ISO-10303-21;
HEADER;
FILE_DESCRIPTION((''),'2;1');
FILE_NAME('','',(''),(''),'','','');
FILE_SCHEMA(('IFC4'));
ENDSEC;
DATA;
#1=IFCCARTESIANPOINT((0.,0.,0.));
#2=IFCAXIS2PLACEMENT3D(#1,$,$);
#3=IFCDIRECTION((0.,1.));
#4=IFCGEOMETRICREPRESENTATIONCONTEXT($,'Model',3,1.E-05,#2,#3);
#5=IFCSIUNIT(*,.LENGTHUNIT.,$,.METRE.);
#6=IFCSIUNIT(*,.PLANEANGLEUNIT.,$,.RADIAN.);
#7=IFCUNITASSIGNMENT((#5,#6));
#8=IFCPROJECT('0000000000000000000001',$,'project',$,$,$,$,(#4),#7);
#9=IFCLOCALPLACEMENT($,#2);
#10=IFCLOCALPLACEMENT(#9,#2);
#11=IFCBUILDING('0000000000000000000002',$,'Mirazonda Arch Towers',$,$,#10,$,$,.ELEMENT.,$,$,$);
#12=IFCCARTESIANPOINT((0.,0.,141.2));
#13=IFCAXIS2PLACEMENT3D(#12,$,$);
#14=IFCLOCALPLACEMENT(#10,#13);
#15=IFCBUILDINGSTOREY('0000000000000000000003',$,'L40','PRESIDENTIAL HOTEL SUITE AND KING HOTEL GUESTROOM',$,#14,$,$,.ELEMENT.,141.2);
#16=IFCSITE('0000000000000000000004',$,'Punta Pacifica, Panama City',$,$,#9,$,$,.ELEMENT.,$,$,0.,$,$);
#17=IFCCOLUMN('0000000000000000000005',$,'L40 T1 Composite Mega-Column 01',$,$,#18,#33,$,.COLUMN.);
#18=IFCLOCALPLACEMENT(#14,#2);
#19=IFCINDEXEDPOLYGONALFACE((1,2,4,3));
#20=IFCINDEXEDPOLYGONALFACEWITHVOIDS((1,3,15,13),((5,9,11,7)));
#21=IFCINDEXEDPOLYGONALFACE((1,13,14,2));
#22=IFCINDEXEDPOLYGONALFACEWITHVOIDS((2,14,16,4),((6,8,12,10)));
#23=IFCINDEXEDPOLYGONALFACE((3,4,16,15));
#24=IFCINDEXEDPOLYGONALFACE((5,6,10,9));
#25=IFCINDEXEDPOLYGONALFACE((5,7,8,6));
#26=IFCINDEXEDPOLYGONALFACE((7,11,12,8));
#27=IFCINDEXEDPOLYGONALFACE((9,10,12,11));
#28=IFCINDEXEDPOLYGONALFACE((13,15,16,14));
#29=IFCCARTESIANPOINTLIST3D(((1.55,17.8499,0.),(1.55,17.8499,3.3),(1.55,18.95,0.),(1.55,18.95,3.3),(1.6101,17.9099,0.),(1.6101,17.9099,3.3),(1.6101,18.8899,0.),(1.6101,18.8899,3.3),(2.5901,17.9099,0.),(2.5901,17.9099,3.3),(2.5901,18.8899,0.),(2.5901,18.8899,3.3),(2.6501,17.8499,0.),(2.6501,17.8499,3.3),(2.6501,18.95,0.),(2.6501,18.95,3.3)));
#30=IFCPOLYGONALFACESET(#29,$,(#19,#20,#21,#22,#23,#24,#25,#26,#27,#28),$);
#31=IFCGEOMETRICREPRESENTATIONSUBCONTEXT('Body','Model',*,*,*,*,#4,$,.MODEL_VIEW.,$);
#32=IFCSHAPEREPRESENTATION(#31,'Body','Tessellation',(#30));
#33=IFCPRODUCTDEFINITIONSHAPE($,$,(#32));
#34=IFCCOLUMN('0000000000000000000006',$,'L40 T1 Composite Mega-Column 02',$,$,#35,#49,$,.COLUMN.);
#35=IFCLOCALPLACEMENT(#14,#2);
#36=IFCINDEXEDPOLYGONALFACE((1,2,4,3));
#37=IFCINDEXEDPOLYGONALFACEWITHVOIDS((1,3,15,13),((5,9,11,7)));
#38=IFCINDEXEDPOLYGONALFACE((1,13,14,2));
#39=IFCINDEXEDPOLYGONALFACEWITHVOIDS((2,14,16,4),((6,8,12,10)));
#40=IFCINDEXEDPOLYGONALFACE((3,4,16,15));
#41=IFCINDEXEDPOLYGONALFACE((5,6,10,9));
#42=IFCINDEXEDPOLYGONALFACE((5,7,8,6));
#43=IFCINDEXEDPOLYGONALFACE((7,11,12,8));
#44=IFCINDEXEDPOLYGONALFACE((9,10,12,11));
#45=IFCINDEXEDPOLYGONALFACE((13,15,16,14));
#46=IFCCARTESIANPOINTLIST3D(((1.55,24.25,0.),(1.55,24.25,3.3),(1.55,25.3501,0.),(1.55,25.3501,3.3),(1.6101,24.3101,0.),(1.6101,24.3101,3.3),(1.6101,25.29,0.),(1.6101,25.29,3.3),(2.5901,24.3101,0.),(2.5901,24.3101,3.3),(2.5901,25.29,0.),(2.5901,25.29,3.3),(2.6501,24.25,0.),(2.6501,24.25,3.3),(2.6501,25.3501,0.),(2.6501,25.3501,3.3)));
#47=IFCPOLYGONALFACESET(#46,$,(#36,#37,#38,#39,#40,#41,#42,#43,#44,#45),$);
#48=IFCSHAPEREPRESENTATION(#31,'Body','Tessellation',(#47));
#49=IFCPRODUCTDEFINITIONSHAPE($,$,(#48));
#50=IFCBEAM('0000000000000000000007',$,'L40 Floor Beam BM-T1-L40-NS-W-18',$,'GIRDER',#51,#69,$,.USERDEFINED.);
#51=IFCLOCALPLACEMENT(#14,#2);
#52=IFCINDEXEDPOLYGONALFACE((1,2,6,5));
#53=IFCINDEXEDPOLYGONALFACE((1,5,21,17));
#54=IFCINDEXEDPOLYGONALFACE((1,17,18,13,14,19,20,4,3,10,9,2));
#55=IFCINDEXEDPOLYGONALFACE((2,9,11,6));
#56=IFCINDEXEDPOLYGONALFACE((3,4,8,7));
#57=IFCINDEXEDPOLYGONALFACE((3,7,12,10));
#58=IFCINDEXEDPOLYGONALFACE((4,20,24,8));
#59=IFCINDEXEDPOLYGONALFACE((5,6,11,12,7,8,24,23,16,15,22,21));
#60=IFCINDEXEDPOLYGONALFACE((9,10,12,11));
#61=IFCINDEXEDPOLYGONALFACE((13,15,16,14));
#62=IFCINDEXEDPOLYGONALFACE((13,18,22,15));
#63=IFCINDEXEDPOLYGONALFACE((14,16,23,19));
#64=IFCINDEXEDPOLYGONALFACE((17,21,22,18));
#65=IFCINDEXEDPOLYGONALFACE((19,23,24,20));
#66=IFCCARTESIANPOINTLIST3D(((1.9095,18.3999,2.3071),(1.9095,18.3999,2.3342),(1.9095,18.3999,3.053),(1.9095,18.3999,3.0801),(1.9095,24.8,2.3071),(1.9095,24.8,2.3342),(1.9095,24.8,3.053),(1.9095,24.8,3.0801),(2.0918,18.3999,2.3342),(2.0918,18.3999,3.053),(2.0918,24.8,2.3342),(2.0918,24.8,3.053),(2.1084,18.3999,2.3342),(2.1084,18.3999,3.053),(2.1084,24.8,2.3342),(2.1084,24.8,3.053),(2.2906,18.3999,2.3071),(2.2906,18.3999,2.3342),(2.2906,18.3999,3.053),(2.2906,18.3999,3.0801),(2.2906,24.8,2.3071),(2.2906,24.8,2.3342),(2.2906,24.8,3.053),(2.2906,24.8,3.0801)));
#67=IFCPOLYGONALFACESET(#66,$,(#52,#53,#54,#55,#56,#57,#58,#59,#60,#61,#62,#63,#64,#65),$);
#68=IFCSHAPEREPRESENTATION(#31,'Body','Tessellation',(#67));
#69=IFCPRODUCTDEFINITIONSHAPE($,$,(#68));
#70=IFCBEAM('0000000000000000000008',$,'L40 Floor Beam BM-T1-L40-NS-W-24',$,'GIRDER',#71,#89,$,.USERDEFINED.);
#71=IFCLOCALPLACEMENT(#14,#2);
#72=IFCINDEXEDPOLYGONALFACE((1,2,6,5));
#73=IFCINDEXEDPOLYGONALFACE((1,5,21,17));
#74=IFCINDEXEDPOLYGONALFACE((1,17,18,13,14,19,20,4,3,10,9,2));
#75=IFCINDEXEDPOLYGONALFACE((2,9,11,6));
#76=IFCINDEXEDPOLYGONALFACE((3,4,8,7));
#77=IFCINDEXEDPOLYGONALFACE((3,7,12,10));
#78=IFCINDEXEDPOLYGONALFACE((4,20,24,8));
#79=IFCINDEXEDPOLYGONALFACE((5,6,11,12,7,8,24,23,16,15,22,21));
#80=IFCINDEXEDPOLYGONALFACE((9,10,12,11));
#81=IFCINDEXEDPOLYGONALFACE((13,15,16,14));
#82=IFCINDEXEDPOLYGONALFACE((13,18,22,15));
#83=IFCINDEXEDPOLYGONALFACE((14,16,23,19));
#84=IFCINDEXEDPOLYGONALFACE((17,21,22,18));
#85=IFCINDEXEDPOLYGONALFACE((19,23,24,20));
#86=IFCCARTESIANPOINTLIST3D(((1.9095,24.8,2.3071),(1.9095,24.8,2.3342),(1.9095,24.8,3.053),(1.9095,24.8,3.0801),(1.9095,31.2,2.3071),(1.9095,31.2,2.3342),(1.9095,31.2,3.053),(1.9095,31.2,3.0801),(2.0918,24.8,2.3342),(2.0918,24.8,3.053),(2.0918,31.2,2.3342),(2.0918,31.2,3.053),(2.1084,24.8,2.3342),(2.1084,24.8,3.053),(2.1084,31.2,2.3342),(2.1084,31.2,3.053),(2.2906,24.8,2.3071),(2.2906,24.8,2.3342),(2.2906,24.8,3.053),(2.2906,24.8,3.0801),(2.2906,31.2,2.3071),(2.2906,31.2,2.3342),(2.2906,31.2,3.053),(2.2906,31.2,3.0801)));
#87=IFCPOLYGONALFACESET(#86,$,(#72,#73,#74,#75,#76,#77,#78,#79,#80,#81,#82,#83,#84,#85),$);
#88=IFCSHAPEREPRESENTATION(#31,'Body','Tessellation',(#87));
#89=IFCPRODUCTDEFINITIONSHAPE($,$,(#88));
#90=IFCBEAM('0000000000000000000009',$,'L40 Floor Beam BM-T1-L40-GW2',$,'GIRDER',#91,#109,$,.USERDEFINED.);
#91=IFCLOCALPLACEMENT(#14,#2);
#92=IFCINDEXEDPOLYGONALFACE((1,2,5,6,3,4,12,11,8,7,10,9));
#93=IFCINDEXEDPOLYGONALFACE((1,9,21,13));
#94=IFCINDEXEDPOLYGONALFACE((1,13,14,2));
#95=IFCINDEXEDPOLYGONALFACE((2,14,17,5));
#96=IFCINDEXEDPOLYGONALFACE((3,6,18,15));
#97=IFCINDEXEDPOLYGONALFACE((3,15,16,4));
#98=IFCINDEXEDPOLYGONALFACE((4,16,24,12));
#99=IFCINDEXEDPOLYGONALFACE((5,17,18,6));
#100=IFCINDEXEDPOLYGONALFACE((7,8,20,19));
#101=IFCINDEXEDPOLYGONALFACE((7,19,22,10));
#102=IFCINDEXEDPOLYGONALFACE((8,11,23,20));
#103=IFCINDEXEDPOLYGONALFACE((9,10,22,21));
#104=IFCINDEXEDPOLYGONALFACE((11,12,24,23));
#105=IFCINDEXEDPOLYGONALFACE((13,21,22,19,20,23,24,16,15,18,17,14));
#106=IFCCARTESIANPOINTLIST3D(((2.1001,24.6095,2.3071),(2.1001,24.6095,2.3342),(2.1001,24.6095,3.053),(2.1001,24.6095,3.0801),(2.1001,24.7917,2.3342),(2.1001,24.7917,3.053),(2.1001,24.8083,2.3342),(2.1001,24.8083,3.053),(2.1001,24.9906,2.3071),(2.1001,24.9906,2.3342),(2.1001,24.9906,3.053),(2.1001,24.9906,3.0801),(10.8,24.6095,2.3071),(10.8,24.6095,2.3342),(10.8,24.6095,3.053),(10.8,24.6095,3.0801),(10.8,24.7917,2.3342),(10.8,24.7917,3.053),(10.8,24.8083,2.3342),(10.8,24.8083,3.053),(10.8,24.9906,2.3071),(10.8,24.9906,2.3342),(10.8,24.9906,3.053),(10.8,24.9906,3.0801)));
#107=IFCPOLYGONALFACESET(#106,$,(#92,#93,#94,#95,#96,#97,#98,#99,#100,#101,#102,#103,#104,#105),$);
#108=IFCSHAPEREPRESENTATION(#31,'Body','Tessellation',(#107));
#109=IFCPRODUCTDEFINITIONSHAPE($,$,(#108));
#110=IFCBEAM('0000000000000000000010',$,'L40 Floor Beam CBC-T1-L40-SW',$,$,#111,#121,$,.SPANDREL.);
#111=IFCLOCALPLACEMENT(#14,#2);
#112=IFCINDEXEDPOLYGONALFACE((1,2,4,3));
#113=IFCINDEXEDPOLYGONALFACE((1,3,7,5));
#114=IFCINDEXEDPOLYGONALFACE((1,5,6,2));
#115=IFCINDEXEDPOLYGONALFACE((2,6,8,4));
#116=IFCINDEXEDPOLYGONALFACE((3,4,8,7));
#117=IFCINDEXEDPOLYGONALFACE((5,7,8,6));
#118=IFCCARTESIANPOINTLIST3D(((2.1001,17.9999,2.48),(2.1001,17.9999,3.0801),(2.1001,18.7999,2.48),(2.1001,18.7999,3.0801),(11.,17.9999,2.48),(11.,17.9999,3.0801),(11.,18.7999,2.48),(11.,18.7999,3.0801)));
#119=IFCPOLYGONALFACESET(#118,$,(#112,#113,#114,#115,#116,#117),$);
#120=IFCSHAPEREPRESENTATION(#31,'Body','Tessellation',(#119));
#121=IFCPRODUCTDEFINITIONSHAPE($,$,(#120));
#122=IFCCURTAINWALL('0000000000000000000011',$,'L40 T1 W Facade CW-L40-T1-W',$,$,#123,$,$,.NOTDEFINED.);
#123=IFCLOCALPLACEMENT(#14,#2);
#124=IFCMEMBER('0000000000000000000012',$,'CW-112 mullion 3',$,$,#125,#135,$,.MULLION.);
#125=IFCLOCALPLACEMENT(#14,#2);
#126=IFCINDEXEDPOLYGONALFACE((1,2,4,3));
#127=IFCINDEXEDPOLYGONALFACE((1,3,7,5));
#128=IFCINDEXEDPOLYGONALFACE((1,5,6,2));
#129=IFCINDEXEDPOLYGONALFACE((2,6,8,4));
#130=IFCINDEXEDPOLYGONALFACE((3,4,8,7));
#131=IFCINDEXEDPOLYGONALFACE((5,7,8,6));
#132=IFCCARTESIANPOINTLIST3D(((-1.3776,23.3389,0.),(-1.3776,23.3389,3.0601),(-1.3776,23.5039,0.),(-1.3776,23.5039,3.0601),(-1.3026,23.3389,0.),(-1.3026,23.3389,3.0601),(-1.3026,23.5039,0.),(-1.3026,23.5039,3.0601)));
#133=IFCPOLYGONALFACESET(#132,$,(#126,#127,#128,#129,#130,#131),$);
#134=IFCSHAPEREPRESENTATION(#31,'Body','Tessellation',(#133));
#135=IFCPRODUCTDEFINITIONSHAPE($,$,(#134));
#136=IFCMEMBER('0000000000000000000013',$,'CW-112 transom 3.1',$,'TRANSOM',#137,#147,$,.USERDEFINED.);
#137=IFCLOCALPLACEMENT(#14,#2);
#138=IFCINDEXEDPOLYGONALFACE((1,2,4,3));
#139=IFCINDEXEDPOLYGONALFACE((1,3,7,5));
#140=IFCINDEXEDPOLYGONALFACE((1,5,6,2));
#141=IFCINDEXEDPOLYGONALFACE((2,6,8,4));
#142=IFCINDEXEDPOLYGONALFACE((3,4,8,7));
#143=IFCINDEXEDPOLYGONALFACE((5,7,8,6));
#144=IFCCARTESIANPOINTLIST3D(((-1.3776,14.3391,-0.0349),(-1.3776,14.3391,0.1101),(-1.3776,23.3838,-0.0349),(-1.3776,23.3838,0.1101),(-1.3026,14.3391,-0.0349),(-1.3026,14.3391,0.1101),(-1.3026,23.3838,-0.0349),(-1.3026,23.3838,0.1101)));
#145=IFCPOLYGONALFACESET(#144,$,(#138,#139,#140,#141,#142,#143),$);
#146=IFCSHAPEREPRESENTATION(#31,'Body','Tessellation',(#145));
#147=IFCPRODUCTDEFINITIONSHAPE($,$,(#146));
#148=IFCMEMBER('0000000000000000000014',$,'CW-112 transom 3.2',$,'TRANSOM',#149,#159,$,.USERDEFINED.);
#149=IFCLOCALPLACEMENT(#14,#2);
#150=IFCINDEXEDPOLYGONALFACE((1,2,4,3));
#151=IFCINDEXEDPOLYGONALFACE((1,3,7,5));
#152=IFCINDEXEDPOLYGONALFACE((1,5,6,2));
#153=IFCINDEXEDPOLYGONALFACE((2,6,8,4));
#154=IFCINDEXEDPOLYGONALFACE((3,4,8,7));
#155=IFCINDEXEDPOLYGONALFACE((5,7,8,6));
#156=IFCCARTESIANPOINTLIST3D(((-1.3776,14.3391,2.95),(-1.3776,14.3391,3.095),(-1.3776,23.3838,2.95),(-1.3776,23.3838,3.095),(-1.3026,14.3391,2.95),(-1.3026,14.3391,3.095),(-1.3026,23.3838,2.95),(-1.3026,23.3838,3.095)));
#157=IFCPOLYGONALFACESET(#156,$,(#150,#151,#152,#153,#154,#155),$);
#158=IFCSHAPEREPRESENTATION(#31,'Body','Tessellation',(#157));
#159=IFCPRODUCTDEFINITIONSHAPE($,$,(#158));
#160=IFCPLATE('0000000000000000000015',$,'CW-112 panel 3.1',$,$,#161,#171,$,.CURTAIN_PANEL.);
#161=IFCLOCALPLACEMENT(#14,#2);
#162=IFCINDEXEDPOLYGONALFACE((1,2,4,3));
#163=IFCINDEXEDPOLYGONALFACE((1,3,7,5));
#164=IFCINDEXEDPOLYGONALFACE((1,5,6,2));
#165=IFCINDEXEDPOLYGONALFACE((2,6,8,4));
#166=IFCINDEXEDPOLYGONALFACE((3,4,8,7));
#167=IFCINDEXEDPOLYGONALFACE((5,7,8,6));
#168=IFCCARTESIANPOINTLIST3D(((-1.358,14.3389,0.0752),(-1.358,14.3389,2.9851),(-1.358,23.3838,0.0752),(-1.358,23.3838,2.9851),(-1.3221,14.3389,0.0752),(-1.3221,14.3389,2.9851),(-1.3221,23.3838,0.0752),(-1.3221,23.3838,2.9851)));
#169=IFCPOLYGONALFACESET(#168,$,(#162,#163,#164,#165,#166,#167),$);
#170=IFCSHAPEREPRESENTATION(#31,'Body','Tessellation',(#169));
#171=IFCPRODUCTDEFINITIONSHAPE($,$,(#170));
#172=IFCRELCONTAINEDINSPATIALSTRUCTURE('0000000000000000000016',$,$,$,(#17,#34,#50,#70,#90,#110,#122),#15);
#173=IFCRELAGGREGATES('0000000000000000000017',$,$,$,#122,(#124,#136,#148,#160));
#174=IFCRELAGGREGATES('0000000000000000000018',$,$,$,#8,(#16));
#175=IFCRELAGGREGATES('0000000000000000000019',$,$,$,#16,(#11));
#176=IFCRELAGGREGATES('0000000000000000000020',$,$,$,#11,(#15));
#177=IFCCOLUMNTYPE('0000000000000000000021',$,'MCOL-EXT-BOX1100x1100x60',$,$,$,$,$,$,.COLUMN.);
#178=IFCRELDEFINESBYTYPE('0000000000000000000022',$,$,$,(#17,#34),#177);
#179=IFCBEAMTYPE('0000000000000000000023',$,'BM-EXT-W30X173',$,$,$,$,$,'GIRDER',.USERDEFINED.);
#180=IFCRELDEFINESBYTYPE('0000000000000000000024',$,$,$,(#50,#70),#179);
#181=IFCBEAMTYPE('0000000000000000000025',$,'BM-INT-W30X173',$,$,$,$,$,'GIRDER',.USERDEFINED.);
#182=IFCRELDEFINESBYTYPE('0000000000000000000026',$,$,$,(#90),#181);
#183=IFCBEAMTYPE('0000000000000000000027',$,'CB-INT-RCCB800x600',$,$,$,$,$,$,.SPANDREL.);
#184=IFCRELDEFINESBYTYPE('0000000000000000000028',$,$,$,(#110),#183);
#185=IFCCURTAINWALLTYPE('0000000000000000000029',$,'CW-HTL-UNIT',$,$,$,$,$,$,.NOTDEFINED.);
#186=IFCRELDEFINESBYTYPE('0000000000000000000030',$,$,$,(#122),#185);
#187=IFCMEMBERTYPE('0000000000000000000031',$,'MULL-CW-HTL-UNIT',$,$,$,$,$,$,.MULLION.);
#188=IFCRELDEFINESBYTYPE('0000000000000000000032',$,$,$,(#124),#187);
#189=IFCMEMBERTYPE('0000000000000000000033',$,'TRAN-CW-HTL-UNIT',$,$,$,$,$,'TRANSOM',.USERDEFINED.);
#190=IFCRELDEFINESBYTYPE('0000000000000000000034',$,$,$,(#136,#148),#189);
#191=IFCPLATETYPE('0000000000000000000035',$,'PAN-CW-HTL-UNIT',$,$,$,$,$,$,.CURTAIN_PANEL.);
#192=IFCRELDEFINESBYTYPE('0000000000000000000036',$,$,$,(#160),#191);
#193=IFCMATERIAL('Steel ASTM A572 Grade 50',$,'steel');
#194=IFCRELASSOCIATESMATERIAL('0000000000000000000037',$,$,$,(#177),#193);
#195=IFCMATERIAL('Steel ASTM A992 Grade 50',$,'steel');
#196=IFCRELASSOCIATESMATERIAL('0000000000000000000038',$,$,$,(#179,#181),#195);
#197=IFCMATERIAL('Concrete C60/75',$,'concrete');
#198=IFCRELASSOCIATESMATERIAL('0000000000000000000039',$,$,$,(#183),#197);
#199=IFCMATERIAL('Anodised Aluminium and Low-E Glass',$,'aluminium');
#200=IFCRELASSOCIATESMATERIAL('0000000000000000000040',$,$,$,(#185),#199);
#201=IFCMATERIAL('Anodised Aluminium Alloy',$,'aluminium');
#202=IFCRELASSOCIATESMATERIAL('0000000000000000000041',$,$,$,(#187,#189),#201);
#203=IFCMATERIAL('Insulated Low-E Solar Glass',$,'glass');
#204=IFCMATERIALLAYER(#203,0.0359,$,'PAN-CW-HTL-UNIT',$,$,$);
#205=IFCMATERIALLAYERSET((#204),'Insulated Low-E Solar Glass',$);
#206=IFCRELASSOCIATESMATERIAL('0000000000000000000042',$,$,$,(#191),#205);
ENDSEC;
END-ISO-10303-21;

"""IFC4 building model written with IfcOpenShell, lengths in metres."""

from ifc_helpers import new_model, si_unit, direction, frame, origin, origin_2d, place, context, subcontext, project, spatial, rectangle, hollow_rectangle, i_section, extrude, material, layer, layer_set, material_profile, profile_set, type_object, element, aggregate, save


model = new_model("IFC4")

# Units and contexts
model_context = context("Model", 3, precision=1e-05, world=origin(), true_north=direction((0.0, 1.0)))
body_context = subcontext(model_context, "Body", "Model", "MODEL_VIEW")
ifc_project = project(units=[si_unit("LENGTHUNIT", "METRE"), si_unit("PLANEANGLEUNIT", "RADIAN")], contexts=[model_context])

# Site, building, storey
site_placement = place(None, origin())
site = spatial("IfcSite", under=ifc_project, at=site_placement, Name="Punta Pacifica, Panama City", CompositionType="ELEMENT", RefElevation=0.0)
building_placement = place(site_placement, origin())
building = spatial("IfcBuilding", under=site, at=building_placement, Name="Mirazonda Arch Towers", CompositionType="ELEMENT")
storey_placement = place(building_placement, frame((0.0, 0.0, 141.2)))
storey = spatial("IfcBuildingStorey", under=building, at=storey_placement, Name="L40", Description="PRESIDENTIAL HOTEL SUITE AND KING HOTEL GUESTROOM", CompositionType="ELEMENT", Elevation=141.2)

# Columns
ifc_material_1 = material(Name="Steel ASTM A572 Grade 50", Category="steel")
ifc_material_profile_1 = material_profile(ifc_material_1, hollow_rectangle(XDim=1.1001, YDim=1.1001, WallThickness=0.0601, at=origin_2d()), Name="BOX1100x1100x60")
ifc_profile_set_1 = profile_set([ifc_material_profile_1], Name="Steel ASTM A572 Grade 50")
column_type = type_object("IfcColumnType", Name="MCOL-EXT-BOX1100x1100x60", PredefinedType="COLUMN", material=ifc_profile_set_1)
for number, where, z_axis, x_axis, name in (
    (1, (2.1001, 18.3999, 0.0), (0.0, 0.0, 1.0), (1.0, 0.0, 0.0), "L40 T1 Composite Mega-Column 01"),
    (2, (2.1001, 24.8, 0.0), (0.0, 0.0, 1.0), (1.0, 0.0, 0.0), "L40 T1 Composite Mega-Column 02"),
):
    element("IfcColumn", number, at=place(storey_placement, frame(where, z_axis=z_axis, x_axis=x_axis)), inside=storey, type_object=column_type, Name=name, PredefinedType="COLUMN", context=body_context, shape_type="SweptSolid", body=[
        extrude(hollow_rectangle(XDim=1.1001, YDim=1.1001, WallThickness=0.0601, at=origin_2d()), origin(), (0.0, 0.0, 1.0), 3.3),
    ])

# Beams
ifc_material_2 = material(Name="Steel ASTM A992 Grade 50", Category="steel")
ifc_material_profile_2 = material_profile(ifc_material_2, i_section(OverallWidth=0.3811, OverallDepth=0.7729, WebThickness=0.0166, FlangeThickness=0.0271, at=origin_2d()), Name="W30X173")
ifc_profile_set_2 = profile_set([ifc_material_profile_2], Name="Steel ASTM A992 Grade 50")
beam_type_1 = type_object("IfcBeamType", Name="BM-EXT-W30X173", ElementType="GIRDER", PredefinedType="USERDEFINED", material=ifc_profile_set_2)
beam_1_placement = place(storey_placement, frame((2.1001, 18.3999, 2.6936), z_axis=(0.0, 1.0, 0.0), x_axis=(-1.0, 0.0, 0.0)))
element("IfcBeam", 3, at=beam_1_placement, inside=storey, type_object=beam_type_1, Name="L40 Floor Beam BM-T1-L40-NS-W-18", ObjectType="GIRDER", PredefinedType="USERDEFINED", context=body_context, shape_type="SweptSolid", body=[
    extrude(i_section(OverallWidth=0.3811, OverallDepth=0.7729, WebThickness=0.0166, FlangeThickness=0.0271, at=origin_2d()), origin(), (0.0, 0.0, 1.0), 6.4001),
])
beam_2_placement = place(storey_placement, frame((2.1001, 24.8, 2.6936), z_axis=(0.0, 1.0, 0.0), x_axis=(-1.0, 0.0, 0.0)))
element("IfcBeam", 4, at=beam_2_placement, inside=storey, type_object=beam_type_1, Name="L40 Floor Beam BM-T1-L40-NS-W-24", ObjectType="GIRDER", PredefinedType="USERDEFINED", context=body_context, shape_type="SweptSolid", body=[
    extrude(i_section(OverallWidth=0.3811, OverallDepth=0.7729, WebThickness=0.0166, FlangeThickness=0.0271, at=origin_2d()), origin(), (0.0, 0.0, 1.0), 6.3999),
])
ifc_material_profile_3 = material_profile(ifc_material_2, i_section(OverallWidth=0.3811, OverallDepth=0.7729, WebThickness=0.0166, FlangeThickness=0.0271, at=origin_2d()), Name="W30X173")
ifc_profile_set_3 = profile_set([ifc_material_profile_3], Name="Steel ASTM A992 Grade 50")
beam_type_2 = type_object("IfcBeamType", Name="BM-INT-W30X173", ElementType="GIRDER", PredefinedType="USERDEFINED", material=ifc_profile_set_3)
beam_3_placement = place(storey_placement, frame((2.1001, 24.8, 2.6936), z_axis=(1.0, 0.0, 0.0), x_axis=(0.0, 1.0, 0.0)))
element("IfcBeam", 5, at=beam_3_placement, inside=storey, type_object=beam_type_2, Name="L40 Floor Beam BM-T1-L40-GW2", ObjectType="GIRDER", PredefinedType="USERDEFINED", context=body_context, shape_type="SweptSolid", body=[
    extrude(i_section(OverallWidth=0.3811, OverallDepth=0.7729, WebThickness=0.0166, FlangeThickness=0.0271, at=origin_2d()), origin(), (0.0, 0.0, 1.0), 8.7),
])
ifc_material_3 = material(Name="Concrete C60/75", Category="concrete")
ifc_material_profile_4 = material_profile(ifc_material_3, rectangle(XDim=0.8, YDim=0.6001, at=origin_2d()), Name="RCCB800x600")
ifc_profile_set_4 = profile_set([ifc_material_profile_4], Name="Concrete C60/75")
beam_type_3 = type_object("IfcBeamType", Name="CB-INT-RCCB800x600", PredefinedType="SPANDREL", material=ifc_profile_set_4)
beam_4_placement = place(storey_placement, frame((2.1001, 18.3999, 2.78), z_axis=(1.0, 0.0, 0.0), x_axis=(0.0, 1.0, 0.0)))
element("IfcBeam", 6, at=beam_4_placement, inside=storey, type_object=beam_type_3, Name="L40 Floor Beam CBC-T1-L40-SW", PredefinedType="SPANDREL", context=body_context, shape_type="SweptSolid", body=[
    extrude(rectangle(XDim=0.8, YDim=0.6001, at=origin_2d()), origin(), (0.0, 0.0, 1.0), 8.8999),
])

# Curtain wall, members, plate
ifc_material_4 = material(Name="Anodised Aluminium and Low-E Glass", Category="aluminium")
curtain_wall_type = type_object("IfcCurtainWallType", Name="CW-HTL-UNIT", PredefinedType="NOTDEFINED", material=ifc_material_4)
curtain_wall_placement = place(storey_placement, origin())
curtain_wall = element("IfcCurtainWall", 7, at=curtain_wall_placement, inside=storey, type_object=curtain_wall_type, Name="L40 T1 W Facade CW-L40-T1-W", PredefinedType="NOTDEFINED")
ifc_material_5 = material(Name="Anodised Aluminium Alloy", Category="aluminium")
ifc_material_profile_5 = material_profile(ifc_material_5, rectangle(XDim=0.075, YDim=0.165, at=origin_2d()), Name="ALU-MULL-75x165")
ifc_profile_set_5 = profile_set([ifc_material_profile_5], Name="Anodised Aluminium Alloy")
member_type_1 = type_object("IfcMemberType", Name="MULL-CW-HTL-UNIT", PredefinedType="MULLION", material=ifc_profile_set_5)
member_1_placement = place(storey_placement, frame((-1.3401, 23.4214, 0.0), z_axis=(0.0, 0.0, 1.0), x_axis=(1.0, 0.0, 0.0)))
member_1 = element("IfcMember", 8, at=member_1_placement, type_object=member_type_1, Name="CW-112 mullion 3", PredefinedType="MULLION", context=body_context, shape_type="SweptSolid", body=[
    extrude(rectangle(XDim=0.075, YDim=0.165, at=origin_2d()), origin(), (0.0, 0.0, 1.0), 3.0601),
])
ifc_material_profile_6 = material_profile(ifc_material_5, rectangle(XDim=0.075, YDim=0.145, at=origin_2d()), Name="ALU-TRAN-75x145")
ifc_profile_set_6 = profile_set([ifc_material_profile_6], Name="Anodised Aluminium Alloy")
member_type_2 = type_object("IfcMemberType", Name="TRAN-CW-HTL-UNIT", ElementType="TRANSOM", PredefinedType="USERDEFINED", material=ifc_profile_set_6)
member_2_placement = place(storey_placement, frame((-1.3401, 23.3838, 0.0376), z_axis=(0.0, -1.0, 0.0), x_axis=(1.0, 0.0, 0.0)))
member_2 = element("IfcMember", 9, at=member_2_placement, type_object=member_type_2, Name="CW-112 transom 3.1", ObjectType="TRANSOM", PredefinedType="USERDEFINED", context=body_context, shape_type="SweptSolid", body=[
    extrude(rectangle(XDim=0.075, YDim=0.145, at=origin_2d()), origin(), (0.0, 0.0, 1.0), 9.0447),
])
member_3_placement = place(storey_placement, frame((-1.3401, 23.3838, 3.0225), z_axis=(0.0, -1.0, 0.0), x_axis=(1.0, 0.0, 0.0)))
member_3 = element("IfcMember", 10, at=member_3_placement, type_object=member_type_2, Name="CW-112 transom 3.2", ObjectType="TRANSOM", PredefinedType="USERDEFINED", context=body_context, shape_type="SweptSolid", body=[
    extrude(rectangle(XDim=0.075, YDim=0.145, at=origin_2d()), origin(), (0.0, 0.0, 1.0), 9.0447),
])
ifc_material_6 = material(Name="Insulated Low-E Solar Glass", Category="glass")
ifc_layer_1 = layer(ifc_material_6, 0.0359, Name="PAN-CW-HTL-UNIT")
ifc_layer_set_1 = layer_set([ifc_layer_1], Name="Insulated Low-E Solar Glass")
plate_type = type_object("IfcPlateType", Name="PAN-CW-HTL-UNIT", PredefinedType="CURTAIN_PANEL", material=ifc_layer_set_1)
plate_placement = place(storey_placement, frame((-1.3401, 18.8613, 0.0752), z_axis=(0.0, 0.0, 1.0), x_axis=(0.0, -1.0, 0.0)))
plate = element("IfcPlate", 11, at=plate_placement, type_object=plate_type, Name="CW-112 panel 3.1", PredefinedType="CURTAIN_PANEL", context=body_context, shape_type="SweptSolid", body=[
    extrude(rectangle(XDim=9.0449, YDim=0.0359, at=origin_2d()), origin(), (0.0, 0.0, 1.0), 2.9099),
])
aggregate(curtain_wall, [member_1, member_2, member_3, plate])

save(model, "model.ifc")
